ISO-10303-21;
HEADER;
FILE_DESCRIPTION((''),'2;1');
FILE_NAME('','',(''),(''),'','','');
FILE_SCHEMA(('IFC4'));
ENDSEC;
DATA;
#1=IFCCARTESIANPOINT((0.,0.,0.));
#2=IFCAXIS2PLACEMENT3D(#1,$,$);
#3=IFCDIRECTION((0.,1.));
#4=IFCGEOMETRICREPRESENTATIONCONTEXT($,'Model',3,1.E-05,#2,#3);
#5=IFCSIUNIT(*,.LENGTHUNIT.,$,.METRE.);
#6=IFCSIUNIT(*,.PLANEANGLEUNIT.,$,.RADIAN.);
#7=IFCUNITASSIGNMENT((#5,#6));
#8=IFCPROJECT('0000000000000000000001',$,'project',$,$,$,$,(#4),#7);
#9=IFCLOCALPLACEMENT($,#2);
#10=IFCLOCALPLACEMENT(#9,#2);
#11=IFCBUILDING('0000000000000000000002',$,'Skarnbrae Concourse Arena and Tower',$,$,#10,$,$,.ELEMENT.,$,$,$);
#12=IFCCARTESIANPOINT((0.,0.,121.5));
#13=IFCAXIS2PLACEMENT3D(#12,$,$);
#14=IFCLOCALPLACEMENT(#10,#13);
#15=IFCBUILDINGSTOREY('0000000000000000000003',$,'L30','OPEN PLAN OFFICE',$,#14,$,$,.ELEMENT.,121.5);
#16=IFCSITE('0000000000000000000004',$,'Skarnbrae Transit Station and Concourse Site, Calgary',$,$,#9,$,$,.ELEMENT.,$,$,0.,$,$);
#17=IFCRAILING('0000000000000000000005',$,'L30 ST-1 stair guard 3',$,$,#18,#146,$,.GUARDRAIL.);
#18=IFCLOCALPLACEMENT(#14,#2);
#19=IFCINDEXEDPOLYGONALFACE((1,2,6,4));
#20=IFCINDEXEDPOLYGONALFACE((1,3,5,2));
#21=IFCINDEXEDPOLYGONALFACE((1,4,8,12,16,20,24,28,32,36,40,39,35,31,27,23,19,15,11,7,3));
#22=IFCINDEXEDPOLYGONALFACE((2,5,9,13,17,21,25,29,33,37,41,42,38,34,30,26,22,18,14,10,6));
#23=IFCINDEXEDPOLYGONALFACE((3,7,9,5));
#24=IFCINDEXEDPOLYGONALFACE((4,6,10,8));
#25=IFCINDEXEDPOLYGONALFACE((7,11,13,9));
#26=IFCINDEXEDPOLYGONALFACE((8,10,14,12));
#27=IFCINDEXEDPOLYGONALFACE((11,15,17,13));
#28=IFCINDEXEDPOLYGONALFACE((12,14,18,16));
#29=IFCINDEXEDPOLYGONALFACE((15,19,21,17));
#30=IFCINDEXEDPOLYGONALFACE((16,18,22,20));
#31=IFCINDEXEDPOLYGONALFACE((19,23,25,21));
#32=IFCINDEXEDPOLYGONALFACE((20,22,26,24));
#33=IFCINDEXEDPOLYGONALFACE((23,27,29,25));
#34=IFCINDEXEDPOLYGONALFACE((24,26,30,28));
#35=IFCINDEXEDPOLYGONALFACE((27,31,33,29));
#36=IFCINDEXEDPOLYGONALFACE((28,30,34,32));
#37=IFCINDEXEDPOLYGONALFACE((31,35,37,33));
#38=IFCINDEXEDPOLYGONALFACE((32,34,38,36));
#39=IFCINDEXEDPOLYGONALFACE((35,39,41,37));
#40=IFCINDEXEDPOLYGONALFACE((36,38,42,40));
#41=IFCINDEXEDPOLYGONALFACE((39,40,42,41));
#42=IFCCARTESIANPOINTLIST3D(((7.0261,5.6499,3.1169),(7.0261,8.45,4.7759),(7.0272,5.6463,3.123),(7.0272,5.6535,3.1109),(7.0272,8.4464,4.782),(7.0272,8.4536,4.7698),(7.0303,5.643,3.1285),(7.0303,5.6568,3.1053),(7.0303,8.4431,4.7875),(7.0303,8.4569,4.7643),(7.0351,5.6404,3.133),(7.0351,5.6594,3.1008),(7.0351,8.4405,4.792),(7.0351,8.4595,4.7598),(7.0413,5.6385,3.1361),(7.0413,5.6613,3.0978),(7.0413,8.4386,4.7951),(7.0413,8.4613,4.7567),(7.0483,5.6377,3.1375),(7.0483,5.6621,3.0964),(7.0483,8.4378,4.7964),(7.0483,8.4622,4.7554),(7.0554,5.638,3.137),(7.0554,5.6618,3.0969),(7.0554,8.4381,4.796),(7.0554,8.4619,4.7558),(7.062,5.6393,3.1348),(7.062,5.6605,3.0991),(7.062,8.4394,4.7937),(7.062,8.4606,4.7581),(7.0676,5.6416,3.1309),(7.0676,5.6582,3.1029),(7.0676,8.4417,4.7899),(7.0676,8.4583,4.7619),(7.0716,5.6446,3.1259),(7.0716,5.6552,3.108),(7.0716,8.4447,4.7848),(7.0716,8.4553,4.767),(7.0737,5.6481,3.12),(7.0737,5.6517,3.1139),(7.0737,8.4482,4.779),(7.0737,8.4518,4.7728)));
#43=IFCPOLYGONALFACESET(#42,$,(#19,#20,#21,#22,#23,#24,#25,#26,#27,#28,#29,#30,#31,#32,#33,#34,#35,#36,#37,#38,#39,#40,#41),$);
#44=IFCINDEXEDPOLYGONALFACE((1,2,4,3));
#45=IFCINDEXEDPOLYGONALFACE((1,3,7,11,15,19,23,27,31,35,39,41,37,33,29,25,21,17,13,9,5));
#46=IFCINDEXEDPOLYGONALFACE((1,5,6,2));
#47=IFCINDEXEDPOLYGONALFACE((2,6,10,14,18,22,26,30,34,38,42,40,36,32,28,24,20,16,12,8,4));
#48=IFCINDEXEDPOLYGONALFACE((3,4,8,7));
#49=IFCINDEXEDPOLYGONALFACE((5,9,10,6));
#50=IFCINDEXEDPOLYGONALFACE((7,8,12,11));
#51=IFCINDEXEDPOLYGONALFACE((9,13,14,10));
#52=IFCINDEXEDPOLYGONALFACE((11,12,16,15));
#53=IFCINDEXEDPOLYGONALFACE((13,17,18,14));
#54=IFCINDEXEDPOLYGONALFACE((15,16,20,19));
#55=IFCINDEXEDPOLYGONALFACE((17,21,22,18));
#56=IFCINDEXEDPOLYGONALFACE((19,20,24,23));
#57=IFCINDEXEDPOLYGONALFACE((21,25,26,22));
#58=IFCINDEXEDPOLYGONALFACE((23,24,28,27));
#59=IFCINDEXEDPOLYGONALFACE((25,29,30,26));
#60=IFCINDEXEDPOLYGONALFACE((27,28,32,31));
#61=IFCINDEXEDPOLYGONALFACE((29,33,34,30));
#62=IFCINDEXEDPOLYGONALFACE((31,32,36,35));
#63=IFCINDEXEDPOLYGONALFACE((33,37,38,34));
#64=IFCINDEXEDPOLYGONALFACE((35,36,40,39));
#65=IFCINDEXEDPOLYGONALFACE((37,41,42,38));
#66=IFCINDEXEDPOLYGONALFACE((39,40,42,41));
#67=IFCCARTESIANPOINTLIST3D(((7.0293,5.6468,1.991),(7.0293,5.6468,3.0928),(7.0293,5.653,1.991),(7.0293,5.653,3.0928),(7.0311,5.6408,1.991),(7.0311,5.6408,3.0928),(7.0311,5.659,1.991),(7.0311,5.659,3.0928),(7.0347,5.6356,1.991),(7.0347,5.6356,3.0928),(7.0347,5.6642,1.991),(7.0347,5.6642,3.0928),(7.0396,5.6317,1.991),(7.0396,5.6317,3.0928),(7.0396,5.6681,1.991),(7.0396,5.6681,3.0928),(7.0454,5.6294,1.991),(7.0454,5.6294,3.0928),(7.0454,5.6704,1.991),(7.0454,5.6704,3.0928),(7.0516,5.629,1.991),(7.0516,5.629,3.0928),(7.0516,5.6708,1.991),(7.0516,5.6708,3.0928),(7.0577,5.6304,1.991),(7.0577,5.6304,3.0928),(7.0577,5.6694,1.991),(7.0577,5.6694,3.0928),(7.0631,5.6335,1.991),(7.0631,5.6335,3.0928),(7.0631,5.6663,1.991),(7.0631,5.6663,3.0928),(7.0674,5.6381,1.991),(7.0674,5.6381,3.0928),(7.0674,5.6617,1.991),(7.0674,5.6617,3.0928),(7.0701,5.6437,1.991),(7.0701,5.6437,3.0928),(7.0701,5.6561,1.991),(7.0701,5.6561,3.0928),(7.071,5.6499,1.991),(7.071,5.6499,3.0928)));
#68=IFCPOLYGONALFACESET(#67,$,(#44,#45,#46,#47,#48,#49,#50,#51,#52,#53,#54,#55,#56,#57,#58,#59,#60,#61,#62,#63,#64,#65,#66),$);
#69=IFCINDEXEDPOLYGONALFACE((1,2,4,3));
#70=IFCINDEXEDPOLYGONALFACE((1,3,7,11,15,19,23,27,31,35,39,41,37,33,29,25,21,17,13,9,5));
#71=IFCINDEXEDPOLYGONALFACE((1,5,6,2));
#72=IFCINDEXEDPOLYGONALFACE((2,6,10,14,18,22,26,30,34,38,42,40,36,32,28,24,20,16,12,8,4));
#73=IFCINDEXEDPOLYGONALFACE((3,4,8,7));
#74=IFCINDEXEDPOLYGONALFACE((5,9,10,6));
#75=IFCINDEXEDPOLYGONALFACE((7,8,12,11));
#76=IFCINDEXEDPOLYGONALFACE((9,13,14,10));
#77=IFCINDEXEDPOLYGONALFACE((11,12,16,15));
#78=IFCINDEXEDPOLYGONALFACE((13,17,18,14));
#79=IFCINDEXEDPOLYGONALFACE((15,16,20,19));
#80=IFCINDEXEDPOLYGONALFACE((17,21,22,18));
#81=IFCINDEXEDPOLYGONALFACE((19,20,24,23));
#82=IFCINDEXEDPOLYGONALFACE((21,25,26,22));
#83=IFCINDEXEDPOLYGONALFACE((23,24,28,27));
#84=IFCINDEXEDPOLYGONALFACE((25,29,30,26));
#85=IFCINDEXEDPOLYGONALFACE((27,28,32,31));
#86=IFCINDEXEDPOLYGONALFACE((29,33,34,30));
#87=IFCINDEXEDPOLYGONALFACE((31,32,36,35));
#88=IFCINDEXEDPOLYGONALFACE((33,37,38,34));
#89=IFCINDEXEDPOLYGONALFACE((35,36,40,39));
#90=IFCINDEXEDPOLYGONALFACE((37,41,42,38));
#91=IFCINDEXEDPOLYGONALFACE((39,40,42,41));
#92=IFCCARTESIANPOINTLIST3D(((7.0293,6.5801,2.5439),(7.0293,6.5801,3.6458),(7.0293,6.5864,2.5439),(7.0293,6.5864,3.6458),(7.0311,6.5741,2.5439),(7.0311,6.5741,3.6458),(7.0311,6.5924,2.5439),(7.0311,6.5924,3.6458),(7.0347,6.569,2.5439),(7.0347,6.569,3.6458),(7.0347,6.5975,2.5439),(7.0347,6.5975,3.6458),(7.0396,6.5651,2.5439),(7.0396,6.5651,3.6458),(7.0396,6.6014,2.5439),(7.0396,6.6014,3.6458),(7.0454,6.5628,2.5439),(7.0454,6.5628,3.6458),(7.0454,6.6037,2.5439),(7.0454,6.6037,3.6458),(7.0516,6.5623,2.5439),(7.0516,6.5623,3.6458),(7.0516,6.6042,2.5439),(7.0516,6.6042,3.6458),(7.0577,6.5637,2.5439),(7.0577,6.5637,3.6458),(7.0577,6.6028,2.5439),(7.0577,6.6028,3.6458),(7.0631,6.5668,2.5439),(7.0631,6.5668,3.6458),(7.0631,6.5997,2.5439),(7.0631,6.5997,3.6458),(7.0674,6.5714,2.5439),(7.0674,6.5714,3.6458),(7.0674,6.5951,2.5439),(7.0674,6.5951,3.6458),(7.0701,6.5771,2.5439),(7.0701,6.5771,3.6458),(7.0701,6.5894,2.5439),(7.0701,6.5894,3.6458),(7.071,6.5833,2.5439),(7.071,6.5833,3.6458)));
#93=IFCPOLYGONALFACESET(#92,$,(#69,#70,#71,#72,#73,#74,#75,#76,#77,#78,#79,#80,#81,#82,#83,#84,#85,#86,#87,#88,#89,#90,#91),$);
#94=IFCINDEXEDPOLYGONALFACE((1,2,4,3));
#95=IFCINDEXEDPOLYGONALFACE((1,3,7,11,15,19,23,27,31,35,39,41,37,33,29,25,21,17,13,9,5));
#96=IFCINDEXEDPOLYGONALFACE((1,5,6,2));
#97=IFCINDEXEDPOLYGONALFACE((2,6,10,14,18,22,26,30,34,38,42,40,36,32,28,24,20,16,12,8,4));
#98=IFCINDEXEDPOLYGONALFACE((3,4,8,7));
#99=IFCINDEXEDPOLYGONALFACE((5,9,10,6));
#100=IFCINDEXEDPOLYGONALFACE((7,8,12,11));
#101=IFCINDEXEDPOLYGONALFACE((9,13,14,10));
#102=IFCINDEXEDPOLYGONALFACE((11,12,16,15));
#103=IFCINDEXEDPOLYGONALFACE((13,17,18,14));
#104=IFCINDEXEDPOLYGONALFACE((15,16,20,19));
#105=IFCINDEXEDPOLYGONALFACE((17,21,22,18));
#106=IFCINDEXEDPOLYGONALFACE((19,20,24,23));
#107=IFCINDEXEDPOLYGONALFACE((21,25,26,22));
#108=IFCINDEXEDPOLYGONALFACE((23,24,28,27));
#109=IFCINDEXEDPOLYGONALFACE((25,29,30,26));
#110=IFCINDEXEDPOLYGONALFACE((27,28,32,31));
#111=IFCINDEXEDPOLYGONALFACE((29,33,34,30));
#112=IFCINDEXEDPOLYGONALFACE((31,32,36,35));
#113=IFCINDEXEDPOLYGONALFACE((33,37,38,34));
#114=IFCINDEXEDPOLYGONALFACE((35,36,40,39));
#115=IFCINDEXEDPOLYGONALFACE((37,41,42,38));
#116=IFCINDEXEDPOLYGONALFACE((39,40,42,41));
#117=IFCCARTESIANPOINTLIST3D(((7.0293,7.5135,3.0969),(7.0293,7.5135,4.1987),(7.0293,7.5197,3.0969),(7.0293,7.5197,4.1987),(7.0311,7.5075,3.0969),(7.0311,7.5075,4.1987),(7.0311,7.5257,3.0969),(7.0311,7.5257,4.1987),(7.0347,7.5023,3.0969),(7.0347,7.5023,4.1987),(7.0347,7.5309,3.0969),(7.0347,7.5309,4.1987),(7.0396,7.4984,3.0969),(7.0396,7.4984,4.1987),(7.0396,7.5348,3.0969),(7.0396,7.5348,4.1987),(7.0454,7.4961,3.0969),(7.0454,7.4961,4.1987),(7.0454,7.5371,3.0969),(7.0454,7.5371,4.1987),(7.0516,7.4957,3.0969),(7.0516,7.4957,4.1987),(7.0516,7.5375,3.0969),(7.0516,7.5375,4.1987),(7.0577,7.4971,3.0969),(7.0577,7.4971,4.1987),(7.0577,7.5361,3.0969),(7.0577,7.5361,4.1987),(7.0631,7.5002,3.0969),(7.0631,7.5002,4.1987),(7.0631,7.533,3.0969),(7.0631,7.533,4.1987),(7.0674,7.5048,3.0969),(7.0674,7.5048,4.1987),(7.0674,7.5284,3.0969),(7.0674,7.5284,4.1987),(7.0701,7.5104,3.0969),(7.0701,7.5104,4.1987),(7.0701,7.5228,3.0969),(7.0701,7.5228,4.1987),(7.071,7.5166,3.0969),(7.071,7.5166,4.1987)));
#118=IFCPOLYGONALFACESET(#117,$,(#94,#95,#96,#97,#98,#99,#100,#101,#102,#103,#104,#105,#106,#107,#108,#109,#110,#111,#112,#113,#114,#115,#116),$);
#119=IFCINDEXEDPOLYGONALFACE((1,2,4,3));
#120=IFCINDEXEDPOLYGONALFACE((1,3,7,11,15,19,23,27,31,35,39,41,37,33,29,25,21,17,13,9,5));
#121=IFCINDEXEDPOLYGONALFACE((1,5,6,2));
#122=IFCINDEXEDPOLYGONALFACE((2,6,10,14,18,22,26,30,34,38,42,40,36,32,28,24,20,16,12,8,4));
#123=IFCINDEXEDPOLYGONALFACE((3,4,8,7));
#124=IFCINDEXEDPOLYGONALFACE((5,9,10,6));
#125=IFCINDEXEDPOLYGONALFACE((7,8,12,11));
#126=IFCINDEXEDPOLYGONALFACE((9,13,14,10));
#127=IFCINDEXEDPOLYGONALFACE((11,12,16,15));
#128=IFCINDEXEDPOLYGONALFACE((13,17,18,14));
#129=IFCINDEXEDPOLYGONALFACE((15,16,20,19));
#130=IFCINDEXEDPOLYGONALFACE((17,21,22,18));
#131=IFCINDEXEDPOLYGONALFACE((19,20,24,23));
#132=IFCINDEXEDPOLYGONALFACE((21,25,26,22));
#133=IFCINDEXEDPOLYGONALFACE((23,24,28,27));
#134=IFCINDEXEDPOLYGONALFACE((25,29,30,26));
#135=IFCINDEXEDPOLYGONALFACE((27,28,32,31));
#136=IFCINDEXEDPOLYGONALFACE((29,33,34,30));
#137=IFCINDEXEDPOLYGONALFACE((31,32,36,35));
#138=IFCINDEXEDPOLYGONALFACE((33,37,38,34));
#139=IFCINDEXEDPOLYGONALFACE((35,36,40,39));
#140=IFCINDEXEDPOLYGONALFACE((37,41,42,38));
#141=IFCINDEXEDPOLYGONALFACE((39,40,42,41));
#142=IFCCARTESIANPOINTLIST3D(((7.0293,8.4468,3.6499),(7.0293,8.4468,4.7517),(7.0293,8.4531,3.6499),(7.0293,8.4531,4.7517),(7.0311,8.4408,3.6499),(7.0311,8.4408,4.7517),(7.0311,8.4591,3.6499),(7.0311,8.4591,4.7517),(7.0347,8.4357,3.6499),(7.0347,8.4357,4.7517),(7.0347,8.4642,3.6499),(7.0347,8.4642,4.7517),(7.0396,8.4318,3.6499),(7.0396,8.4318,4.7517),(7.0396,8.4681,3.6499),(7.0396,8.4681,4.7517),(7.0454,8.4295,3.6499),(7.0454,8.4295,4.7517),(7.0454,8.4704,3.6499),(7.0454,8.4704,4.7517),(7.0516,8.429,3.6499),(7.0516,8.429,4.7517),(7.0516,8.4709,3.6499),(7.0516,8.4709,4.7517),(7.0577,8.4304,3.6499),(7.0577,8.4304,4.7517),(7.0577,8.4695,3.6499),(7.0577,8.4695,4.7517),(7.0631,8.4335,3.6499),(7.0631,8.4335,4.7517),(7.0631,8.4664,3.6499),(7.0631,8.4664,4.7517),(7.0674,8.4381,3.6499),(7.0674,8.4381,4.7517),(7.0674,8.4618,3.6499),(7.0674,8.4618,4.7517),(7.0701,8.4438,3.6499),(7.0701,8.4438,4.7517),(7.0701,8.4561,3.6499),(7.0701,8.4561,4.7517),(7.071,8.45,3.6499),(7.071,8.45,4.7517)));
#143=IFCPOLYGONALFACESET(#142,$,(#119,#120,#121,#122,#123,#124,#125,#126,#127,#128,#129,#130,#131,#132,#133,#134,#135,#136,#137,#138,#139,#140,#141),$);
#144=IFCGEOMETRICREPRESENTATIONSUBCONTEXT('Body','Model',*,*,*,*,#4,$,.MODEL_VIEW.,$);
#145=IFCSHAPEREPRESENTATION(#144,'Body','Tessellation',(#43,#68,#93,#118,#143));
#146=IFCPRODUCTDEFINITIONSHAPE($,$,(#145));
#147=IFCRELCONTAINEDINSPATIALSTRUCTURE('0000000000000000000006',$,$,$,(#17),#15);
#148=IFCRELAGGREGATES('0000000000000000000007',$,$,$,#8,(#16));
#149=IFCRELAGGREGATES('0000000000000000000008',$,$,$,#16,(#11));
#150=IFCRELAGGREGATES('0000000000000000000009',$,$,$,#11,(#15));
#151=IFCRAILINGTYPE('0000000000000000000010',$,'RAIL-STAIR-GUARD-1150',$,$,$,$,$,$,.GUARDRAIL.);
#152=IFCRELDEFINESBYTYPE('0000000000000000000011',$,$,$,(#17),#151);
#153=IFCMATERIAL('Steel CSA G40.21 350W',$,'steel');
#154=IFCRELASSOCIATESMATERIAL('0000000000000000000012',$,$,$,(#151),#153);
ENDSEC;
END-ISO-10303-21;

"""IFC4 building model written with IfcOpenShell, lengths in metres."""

from ifc_helpers import new_model, si_unit, direction, frame, origin, origin_2d, place, context, subcontext, project, spatial, circle, extrude, material, type_object, element, save


model = new_model("IFC4")

# Units and contexts
model_context = context("Model", 3, precision=1e-05, world=origin(), true_north=direction((0.0, 1.0)))
body_context = subcontext(model_context, "Body", "Model", "MODEL_VIEW")
ifc_project = project(units=[si_unit("LENGTHUNIT", "METRE"), si_unit("PLANEANGLEUNIT", "RADIAN")], contexts=[model_context])

# Site, building, storey
site_placement = place(None, origin())
site = spatial("IfcSite", under=ifc_project, at=site_placement, Name="Skarnbrae Transit Station and Concourse Site, Calgary", CompositionType="ELEMENT", RefElevation=0.0)
building_placement = place(site_placement, origin())
building = spatial("IfcBuilding", under=site, at=building_placement, Name="Skarnbrae Concourse Arena and Tower", CompositionType="ELEMENT")
storey_placement = place(building_placement, frame((0.0, 0.0, 121.5)))
storey = spatial("IfcBuildingStorey", under=building, at=storey_placement, Name="L30", Description="OPEN PLAN OFFICE", CompositionType="ELEMENT", Elevation=121.5)

# Shared definitions
ifc_material_1 = material(Name="Steel CSA G40.21 350W", Category="steel")

# Railing
railing_type_1 = type_object("IfcRailingType", Name="RAIL-STAIR-GUARD-1150", PredefinedType="GUARDRAIL", material=ifc_material_1)
railing_1_placement = place(storey_placement, frame((7.05, 5.6499, 1.991)))
element("IfcRailing", 1, at=railing_1_placement, inside=storey, type_object=railing_type_1, Name="L30 ST-1 stair guard 3", PredefinedType="GUARDRAIL", context=body_context, shape_type="SweptSolid", body=[
    extrude(circle(Radius=0.0239, at=origin_2d()), frame((0.0, 0.0, 1.126), z_axis=(0.0, 0.860339, 0.509722), x_axis=(-1.0, 0.0, 0.0)), (0.0, 0.0, 1.0), 3.2546),
    extrude(circle(Radius=0.021, at=origin_2d()), origin(), (0.0, 0.0, 1.0), 1.1018),
    extrude(circle(Radius=0.021, at=origin_2d()), frame((0.0, 0.9333, 0.553)), (0.0, 0.0, 1.0), 1.1018),
    extrude(circle(Radius=0.021, at=origin_2d()), frame((0.0, 1.8667, 1.106)), (0.0, 0.0, 1.0), 1.1018),
    extrude(circle(Radius=0.021, at=origin_2d()), frame((0.0, 2.8, 1.6589)), (0.0, 0.0, 1.0), 1.1018),
])

save(model, "model.ifc")
